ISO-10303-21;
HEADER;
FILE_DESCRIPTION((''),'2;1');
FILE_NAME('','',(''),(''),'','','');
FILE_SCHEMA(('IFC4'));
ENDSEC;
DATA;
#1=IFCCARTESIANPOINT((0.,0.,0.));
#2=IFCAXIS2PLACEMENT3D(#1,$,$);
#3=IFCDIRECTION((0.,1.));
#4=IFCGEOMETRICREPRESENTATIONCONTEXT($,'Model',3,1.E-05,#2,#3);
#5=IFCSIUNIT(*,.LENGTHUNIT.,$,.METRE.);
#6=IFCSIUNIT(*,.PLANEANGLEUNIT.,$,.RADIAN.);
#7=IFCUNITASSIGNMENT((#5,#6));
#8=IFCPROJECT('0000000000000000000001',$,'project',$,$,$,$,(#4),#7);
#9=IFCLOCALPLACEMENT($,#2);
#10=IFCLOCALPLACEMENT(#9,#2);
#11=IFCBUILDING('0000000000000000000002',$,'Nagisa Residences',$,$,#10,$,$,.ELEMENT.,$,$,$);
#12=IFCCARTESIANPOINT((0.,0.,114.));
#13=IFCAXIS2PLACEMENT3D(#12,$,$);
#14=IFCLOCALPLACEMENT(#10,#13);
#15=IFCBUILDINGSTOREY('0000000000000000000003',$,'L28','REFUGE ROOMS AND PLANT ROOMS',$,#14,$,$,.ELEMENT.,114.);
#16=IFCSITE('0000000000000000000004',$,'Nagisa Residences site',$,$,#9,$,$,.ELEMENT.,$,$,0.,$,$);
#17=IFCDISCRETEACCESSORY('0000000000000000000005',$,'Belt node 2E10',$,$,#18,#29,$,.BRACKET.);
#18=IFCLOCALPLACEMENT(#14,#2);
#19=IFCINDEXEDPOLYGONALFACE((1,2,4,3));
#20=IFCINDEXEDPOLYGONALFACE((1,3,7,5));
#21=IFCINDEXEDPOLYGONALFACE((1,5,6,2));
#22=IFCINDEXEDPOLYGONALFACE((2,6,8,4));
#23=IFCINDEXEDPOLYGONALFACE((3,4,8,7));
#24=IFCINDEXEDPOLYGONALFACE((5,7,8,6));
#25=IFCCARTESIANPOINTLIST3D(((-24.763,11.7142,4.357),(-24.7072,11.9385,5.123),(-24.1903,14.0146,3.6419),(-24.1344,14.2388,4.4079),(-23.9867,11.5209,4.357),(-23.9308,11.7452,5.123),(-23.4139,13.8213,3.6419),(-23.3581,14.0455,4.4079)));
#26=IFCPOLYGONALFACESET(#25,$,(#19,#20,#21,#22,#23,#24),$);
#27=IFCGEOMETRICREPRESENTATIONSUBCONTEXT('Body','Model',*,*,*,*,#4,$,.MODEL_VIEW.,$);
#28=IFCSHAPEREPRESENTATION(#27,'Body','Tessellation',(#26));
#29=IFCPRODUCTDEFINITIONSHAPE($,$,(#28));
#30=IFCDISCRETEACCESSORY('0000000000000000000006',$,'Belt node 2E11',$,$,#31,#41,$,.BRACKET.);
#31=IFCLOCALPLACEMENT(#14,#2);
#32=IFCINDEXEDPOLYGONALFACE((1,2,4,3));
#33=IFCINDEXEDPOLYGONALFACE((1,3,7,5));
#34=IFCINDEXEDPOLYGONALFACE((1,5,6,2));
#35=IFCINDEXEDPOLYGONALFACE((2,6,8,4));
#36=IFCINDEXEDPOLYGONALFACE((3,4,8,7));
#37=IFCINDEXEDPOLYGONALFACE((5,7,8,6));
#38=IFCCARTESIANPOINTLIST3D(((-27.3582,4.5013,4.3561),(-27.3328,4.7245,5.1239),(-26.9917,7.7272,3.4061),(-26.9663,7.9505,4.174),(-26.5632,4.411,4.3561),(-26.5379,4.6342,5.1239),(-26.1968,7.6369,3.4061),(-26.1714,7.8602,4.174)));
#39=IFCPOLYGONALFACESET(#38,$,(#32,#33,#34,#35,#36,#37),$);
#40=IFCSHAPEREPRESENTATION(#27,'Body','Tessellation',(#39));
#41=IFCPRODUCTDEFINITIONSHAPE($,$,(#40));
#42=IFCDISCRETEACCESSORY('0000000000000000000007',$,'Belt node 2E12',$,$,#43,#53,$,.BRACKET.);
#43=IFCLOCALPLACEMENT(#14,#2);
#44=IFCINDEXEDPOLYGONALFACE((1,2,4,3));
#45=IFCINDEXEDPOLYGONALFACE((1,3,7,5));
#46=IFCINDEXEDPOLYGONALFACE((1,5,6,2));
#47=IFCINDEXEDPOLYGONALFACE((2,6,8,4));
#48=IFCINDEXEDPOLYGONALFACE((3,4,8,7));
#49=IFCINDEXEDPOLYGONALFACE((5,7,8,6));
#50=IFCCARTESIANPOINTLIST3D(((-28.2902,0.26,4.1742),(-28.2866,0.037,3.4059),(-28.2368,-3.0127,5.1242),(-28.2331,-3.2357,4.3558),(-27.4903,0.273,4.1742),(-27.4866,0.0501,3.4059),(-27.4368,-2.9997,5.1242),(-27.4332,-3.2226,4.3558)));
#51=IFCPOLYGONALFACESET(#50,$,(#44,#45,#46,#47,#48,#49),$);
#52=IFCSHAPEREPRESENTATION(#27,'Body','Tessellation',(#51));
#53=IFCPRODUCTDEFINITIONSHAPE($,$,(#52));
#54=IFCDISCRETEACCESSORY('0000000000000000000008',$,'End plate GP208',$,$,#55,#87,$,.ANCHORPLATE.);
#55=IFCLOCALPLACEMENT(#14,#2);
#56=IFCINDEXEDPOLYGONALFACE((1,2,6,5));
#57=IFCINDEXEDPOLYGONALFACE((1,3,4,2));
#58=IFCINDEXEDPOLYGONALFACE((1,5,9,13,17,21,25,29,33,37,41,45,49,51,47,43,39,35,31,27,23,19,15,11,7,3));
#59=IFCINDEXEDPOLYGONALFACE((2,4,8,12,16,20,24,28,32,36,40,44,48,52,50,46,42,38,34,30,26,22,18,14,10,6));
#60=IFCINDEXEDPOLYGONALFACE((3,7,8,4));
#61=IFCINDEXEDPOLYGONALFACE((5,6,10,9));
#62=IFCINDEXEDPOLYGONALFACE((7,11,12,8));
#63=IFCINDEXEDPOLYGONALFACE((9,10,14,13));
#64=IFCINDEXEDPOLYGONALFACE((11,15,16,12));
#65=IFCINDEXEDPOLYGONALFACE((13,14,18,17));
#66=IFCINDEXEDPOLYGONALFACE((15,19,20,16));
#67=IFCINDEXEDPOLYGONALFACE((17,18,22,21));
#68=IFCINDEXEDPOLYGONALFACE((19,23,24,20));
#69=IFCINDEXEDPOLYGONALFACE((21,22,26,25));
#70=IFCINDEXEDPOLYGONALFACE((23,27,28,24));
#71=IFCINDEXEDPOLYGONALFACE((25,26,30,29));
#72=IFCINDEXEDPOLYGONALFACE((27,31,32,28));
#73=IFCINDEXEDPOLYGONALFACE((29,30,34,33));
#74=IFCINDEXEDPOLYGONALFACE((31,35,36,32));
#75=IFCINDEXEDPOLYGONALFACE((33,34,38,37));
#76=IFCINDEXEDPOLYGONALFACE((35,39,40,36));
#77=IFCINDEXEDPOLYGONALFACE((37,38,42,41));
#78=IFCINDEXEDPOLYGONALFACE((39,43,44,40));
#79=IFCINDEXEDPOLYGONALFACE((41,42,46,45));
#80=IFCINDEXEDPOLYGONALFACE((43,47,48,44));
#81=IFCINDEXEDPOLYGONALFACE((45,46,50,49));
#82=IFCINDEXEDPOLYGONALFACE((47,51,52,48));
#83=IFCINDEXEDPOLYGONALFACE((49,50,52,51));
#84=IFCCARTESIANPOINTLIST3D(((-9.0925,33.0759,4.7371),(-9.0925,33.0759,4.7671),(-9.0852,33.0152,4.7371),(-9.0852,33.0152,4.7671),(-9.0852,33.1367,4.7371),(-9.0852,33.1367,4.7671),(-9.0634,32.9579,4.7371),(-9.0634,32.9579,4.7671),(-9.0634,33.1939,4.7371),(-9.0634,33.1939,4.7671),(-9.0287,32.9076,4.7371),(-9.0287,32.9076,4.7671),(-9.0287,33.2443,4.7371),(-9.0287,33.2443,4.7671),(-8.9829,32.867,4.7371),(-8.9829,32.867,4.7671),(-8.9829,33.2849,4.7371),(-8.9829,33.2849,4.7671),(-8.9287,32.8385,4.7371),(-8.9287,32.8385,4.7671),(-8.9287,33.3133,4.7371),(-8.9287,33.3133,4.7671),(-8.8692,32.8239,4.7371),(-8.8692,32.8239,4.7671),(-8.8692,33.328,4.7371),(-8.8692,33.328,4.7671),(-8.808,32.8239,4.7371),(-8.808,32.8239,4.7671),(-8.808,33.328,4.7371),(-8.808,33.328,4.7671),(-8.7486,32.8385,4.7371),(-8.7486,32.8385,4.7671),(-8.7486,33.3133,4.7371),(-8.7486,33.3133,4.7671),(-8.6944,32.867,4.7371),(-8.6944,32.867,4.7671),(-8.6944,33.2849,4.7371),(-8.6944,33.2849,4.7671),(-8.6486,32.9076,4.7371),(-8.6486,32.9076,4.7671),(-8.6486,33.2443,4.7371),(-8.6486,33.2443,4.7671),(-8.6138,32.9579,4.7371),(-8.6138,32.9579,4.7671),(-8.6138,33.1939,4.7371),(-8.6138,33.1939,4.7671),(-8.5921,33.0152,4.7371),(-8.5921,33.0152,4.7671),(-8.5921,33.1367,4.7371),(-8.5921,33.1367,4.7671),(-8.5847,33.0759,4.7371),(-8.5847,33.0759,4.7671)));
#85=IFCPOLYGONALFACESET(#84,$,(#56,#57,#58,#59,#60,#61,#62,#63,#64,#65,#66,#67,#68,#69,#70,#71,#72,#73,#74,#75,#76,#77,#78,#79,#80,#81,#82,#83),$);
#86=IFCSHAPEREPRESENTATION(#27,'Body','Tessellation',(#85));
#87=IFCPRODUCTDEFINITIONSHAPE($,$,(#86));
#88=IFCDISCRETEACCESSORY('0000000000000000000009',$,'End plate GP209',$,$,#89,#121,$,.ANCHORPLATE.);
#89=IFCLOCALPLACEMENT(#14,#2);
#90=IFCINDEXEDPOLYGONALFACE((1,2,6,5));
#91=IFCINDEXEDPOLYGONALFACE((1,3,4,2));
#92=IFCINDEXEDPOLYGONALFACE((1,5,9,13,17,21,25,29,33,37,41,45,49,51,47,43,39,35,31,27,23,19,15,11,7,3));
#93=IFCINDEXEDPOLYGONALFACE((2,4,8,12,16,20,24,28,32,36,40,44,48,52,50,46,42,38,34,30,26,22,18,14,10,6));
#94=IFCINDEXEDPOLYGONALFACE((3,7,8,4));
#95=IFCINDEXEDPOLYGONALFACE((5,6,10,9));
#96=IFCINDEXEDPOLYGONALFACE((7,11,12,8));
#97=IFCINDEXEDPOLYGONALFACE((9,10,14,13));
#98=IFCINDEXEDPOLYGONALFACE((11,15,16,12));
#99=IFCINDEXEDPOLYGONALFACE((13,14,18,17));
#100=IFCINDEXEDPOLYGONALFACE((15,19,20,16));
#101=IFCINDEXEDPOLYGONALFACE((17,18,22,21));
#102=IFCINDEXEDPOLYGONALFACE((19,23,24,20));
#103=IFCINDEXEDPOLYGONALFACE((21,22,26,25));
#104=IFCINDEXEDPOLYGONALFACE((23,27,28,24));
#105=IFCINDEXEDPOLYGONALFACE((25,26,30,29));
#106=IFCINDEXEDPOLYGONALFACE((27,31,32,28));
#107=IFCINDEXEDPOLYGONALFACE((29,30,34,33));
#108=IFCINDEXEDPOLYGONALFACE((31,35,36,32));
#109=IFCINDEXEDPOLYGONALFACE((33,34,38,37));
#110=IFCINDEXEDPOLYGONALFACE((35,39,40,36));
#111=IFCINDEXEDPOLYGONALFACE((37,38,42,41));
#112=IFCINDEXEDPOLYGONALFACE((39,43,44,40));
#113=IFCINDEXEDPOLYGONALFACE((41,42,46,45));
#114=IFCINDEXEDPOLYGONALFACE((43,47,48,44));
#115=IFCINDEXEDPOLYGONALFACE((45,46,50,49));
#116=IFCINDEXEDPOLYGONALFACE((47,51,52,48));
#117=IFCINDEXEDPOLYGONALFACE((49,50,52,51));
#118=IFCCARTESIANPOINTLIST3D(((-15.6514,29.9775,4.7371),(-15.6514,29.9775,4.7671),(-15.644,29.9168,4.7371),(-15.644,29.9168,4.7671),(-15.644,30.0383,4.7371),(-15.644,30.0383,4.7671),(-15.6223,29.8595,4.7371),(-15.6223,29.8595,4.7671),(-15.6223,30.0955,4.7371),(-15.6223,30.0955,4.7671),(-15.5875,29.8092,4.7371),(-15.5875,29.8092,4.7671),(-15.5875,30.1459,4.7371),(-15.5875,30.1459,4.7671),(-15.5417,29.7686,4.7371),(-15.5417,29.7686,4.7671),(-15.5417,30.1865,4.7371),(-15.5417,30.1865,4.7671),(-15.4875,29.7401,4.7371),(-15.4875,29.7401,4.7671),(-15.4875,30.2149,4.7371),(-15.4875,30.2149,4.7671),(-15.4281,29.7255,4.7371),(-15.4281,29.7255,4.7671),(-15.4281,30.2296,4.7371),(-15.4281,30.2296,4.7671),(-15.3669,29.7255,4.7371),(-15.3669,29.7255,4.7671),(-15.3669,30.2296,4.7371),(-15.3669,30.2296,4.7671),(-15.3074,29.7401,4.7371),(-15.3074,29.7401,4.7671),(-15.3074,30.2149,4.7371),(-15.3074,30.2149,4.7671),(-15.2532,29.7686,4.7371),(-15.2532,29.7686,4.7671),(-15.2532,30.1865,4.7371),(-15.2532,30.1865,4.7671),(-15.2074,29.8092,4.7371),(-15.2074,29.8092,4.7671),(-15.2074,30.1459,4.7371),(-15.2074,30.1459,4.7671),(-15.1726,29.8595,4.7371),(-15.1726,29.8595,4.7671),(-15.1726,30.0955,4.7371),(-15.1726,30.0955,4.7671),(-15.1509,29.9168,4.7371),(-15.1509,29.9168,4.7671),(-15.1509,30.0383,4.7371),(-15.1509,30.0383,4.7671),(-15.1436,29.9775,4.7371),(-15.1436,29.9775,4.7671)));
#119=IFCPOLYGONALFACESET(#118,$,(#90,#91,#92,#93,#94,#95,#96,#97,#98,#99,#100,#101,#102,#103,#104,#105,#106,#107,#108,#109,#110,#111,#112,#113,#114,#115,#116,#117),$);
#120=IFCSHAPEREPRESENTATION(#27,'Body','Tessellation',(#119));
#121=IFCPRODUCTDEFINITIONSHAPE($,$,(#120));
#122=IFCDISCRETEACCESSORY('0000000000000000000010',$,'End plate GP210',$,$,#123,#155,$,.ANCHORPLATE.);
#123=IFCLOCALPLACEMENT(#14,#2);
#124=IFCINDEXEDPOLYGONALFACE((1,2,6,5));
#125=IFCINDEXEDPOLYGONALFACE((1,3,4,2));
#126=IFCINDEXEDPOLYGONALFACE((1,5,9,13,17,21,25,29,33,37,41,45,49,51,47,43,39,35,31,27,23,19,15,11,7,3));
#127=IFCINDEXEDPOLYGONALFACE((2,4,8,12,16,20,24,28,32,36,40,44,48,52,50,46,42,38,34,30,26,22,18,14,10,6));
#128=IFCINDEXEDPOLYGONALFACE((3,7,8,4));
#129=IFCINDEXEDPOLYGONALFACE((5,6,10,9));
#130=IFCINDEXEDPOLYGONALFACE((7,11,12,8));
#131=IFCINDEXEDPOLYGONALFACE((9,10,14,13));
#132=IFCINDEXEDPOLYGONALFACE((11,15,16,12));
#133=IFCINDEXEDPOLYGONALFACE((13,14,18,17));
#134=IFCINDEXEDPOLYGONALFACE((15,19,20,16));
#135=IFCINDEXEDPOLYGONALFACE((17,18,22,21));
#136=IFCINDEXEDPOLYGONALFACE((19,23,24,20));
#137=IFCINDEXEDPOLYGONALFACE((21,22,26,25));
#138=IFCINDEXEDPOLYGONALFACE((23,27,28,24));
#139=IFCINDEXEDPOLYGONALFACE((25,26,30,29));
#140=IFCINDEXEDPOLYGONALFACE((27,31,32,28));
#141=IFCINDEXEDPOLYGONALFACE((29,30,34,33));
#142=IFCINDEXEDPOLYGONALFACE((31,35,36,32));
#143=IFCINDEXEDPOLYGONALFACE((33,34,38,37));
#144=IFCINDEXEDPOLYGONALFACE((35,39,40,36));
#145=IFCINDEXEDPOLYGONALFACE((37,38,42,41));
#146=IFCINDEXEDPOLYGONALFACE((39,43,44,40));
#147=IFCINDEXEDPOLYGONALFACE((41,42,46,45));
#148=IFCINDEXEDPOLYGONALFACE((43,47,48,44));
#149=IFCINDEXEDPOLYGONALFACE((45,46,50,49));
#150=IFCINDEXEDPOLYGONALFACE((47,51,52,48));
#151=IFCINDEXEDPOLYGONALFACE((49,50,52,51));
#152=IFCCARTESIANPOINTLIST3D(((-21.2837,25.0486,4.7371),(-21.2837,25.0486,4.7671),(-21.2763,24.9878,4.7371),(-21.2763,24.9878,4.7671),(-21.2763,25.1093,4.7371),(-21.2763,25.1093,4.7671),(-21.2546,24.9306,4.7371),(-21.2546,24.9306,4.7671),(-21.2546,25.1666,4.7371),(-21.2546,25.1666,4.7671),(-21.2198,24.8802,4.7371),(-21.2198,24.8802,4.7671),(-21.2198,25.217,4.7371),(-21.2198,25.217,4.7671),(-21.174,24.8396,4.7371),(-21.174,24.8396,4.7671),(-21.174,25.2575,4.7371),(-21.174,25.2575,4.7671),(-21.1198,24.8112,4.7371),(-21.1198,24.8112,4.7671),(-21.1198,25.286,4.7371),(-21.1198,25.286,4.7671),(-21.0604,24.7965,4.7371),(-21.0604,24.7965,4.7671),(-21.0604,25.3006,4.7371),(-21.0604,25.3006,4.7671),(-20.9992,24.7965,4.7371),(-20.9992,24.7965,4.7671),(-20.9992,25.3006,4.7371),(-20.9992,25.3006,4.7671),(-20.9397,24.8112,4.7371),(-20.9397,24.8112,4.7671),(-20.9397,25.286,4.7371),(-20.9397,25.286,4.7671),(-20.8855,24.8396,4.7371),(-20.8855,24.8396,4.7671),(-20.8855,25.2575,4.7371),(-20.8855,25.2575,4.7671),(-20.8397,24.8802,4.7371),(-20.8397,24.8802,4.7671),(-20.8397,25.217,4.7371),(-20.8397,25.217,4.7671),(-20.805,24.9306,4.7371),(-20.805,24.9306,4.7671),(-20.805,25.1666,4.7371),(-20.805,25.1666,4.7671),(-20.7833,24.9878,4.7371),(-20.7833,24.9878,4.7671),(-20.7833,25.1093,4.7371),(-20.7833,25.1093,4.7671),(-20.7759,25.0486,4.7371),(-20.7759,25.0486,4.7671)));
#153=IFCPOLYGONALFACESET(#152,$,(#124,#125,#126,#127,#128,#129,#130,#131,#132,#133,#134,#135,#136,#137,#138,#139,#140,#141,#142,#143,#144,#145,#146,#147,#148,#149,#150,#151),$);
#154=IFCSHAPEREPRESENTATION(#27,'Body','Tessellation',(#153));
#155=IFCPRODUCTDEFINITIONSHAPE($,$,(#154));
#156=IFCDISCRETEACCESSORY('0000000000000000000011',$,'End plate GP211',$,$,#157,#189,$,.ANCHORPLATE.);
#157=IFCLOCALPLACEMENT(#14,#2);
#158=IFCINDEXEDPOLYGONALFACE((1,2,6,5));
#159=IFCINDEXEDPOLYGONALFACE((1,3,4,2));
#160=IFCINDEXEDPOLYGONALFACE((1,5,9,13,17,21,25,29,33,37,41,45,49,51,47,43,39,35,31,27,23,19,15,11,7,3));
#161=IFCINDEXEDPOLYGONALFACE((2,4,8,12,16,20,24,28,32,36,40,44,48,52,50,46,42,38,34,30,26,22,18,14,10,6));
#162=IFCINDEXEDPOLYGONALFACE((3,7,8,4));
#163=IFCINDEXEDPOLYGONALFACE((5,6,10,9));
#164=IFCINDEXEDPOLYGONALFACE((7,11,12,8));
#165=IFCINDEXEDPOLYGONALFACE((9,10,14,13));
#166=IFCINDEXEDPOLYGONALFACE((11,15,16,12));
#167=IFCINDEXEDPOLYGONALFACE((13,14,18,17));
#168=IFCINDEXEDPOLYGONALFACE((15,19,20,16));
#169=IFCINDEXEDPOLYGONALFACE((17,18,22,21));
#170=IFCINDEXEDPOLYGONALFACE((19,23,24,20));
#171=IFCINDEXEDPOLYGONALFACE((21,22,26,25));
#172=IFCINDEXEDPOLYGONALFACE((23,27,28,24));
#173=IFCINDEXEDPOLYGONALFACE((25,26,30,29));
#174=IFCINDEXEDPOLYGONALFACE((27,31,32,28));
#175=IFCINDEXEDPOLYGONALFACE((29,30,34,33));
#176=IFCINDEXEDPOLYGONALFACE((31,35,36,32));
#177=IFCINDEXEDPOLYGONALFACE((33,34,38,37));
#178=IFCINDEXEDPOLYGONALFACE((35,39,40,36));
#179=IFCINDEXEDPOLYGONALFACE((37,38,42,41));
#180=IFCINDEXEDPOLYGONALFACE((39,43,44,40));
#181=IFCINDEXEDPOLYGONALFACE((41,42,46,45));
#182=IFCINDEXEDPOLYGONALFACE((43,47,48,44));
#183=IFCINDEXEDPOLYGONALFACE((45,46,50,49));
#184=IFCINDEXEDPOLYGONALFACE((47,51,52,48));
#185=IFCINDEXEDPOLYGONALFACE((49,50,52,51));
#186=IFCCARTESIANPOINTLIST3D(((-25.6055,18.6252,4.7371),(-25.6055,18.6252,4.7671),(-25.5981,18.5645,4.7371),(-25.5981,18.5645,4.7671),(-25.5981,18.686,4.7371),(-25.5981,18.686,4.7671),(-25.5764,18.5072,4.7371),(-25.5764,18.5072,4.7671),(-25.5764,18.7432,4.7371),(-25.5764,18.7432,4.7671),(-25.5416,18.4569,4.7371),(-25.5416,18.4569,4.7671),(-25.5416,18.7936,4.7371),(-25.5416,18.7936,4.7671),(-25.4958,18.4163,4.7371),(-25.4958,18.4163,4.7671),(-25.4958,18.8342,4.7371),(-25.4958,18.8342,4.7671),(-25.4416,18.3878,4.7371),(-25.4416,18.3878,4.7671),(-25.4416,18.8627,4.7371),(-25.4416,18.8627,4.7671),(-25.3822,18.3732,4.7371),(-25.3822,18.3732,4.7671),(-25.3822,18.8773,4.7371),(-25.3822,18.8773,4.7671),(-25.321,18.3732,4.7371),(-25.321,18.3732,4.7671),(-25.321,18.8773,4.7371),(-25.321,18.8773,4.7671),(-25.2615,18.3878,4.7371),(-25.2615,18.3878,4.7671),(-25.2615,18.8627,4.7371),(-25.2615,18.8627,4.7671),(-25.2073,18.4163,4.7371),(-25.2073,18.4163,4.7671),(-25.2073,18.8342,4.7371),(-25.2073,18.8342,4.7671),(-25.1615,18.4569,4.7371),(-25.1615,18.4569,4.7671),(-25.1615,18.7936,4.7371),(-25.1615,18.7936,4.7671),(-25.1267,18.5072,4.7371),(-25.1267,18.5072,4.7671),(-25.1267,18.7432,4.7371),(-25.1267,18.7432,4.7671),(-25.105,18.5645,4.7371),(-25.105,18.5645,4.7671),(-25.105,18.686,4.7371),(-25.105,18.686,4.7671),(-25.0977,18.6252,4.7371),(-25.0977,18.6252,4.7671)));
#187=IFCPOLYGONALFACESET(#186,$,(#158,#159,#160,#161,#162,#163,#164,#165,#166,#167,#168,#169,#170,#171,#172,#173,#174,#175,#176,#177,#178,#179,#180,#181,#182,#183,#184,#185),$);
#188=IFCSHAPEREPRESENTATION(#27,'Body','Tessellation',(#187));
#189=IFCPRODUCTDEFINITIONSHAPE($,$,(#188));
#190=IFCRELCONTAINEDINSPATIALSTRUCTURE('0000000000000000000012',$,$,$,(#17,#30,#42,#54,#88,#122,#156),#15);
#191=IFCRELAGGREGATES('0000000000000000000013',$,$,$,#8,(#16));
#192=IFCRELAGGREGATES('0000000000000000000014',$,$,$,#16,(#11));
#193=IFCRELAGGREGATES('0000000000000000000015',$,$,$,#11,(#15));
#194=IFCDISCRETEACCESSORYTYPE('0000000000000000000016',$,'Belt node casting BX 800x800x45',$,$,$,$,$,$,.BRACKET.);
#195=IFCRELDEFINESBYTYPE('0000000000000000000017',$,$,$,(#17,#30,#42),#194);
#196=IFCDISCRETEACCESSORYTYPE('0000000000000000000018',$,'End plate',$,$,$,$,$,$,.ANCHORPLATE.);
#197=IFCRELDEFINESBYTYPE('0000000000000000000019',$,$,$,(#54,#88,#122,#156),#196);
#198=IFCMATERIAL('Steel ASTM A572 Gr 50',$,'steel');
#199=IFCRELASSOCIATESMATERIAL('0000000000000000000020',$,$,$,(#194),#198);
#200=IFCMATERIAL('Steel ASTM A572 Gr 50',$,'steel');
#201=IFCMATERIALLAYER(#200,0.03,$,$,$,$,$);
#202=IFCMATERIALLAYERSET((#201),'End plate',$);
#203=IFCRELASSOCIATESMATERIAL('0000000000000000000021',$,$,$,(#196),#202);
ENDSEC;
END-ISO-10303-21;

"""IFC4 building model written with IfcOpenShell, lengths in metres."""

from ifc_helpers import new_model, si_unit, direction, frame, origin, origin_2d, place, context, subcontext, project, spatial, rectangle, circle, extrude, material, layer, layer_set, type_object, element, save


model = new_model("IFC4")

# Units and contexts
model_context = context("Model", 3, precision=1e-05, world=origin(), true_north=direction((0.0, 1.0)))
body_context = subcontext(model_context, "Body", "Model", "MODEL_VIEW")
ifc_project = project(units=[si_unit("LENGTHUNIT", "METRE"), si_unit("PLANEANGLEUNIT", "RADIAN")], contexts=[model_context])

# Site, building, storey
site_placement = place(None, origin())
site = spatial("IfcSite", under=ifc_project, at=site_placement, Name="Nagisa Residences site", CompositionType="ELEMENT", RefElevation=0.0)
building_placement = place(site_placement, origin())
building = spatial("IfcBuilding", under=site, at=building_placement, Name="Nagisa Residences", CompositionType="ELEMENT")
storey_placement = place(building_placement, frame((0.0, 0.0, 114.0)))
storey = spatial("IfcBuildingStorey", under=building, at=storey_placement, Name="L28", Description="REFUGE ROOMS AND PLANT ROOMS", CompositionType="ELEMENT", Elevation=114.0)

# Discrete accessories
ifc_material_1 = material(Name="Steel ASTM A572 Gr 50", Category="steel")
discrete_accessory_type_1 = type_object("IfcDiscreteAccessoryType", Name="Belt node casting BX 800x800x45", PredefinedType="BRACKET", material=ifc_material_1)
discrete_accessory_1_placement = place(storey_placement, frame((-23.7742, 14.03, 4.0249), z_axis=(-0.231319, -0.929023, 0.288804), x_axis=(0.970372, -0.241615, 0.0)))
element("IfcDiscreteAccessory", 1, at=discrete_accessory_1_placement, inside=storey, type_object=discrete_accessory_type_1, Name="Belt node 2E10", PredefinedType="BRACKET", context=body_context, shape_type="SweptSolid", body=[
    extrude(rectangle(XDim=0.8, YDim=0.8, at=origin_2d()), origin(), (0.0, 0.0, 1.0), 2.4761),
])
discrete_accessory_2_placement = place(storey_placement, frame((-26.5815, 7.7937, 3.79), z_axis=(-0.108332, -0.953625, 0.280826), x_axis=(0.993609, -0.112874, 0.0)))
element("IfcDiscreteAccessory", 2, at=discrete_accessory_2_placement, inside=storey, type_object=discrete_accessory_type_1, Name="Belt node 2E11", PredefinedType="BRACKET", context=body_context, shape_type="SweptSolid", body=[
    extrude(rectangle(XDim=0.8, YDim=0.8, at=origin_2d()), origin(), (0.0, 0.0, 1.0), 3.3828),
])
discrete_accessory_3_placement = place(storey_placement, frame((-27.8884, 0.155, 3.79), z_axis=(0.015688, -0.960243, 0.278725), x_axis=(0.999867, 0.016335, 0.0)))
element("IfcDiscreteAccessory", 3, at=discrete_accessory_3_placement, inside=storey, type_object=discrete_accessory_type_1, Name="Belt node 2E12", PredefinedType="BRACKET", context=body_context, shape_type="SweptSolid", body=[
    extrude(rectangle(XDim=0.8, YDim=0.8, at=origin_2d()), origin(), (0.0, 0.0, 1.0), 3.4082),
])
ifc_material_2 = material(Name="Steel ASTM A572 Gr 50", Category="steel")
ifc_layer_1 = layer(ifc_material_2, 0.03)
ifc_layer_set_1 = layer_set([ifc_layer_1], Name="End plate")
discrete_accessory_type_2 = type_object("IfcDiscreteAccessoryType", Name="End plate", PredefinedType="ANCHORPLATE", material=ifc_layer_set_1)
for number, where, z_axis, x_axis, name in (
    (4, (-8.8386, 33.0759, 4.7371), (0.0, 0.0, 1.0), (1.0, 0.0, 0.0), "End plate GP208"),
    (5, (-15.3975, 29.9775, 4.7371), (0.0, 0.0, 1.0), (1.0, 0.0, 0.0), "End plate GP209"),
    (6, (-21.0298, 25.0486, 4.7371), (0.0, 0.0, 1.0), (1.0, 0.0, 0.0), "End plate GP210"),
    (7, (-25.3516, 18.6252, 4.7371), (0.0, 0.0, 1.0), (1.0, 0.0, 0.0), "End plate GP211"),
):
    element("IfcDiscreteAccessory", number, at=place(storey_placement, frame(where, z_axis=z_axis, x_axis=x_axis)), inside=storey, type_object=discrete_accessory_type_2, Name=name, PredefinedType="ANCHORPLATE", context=body_context, shape_type="SweptSolid", body=[
        extrude(circle(Radius=0.2539, at=origin_2d()), origin(), (0.0, 0.0, 1.0), 0.03),
    ])

save(model, "model.ifc")
